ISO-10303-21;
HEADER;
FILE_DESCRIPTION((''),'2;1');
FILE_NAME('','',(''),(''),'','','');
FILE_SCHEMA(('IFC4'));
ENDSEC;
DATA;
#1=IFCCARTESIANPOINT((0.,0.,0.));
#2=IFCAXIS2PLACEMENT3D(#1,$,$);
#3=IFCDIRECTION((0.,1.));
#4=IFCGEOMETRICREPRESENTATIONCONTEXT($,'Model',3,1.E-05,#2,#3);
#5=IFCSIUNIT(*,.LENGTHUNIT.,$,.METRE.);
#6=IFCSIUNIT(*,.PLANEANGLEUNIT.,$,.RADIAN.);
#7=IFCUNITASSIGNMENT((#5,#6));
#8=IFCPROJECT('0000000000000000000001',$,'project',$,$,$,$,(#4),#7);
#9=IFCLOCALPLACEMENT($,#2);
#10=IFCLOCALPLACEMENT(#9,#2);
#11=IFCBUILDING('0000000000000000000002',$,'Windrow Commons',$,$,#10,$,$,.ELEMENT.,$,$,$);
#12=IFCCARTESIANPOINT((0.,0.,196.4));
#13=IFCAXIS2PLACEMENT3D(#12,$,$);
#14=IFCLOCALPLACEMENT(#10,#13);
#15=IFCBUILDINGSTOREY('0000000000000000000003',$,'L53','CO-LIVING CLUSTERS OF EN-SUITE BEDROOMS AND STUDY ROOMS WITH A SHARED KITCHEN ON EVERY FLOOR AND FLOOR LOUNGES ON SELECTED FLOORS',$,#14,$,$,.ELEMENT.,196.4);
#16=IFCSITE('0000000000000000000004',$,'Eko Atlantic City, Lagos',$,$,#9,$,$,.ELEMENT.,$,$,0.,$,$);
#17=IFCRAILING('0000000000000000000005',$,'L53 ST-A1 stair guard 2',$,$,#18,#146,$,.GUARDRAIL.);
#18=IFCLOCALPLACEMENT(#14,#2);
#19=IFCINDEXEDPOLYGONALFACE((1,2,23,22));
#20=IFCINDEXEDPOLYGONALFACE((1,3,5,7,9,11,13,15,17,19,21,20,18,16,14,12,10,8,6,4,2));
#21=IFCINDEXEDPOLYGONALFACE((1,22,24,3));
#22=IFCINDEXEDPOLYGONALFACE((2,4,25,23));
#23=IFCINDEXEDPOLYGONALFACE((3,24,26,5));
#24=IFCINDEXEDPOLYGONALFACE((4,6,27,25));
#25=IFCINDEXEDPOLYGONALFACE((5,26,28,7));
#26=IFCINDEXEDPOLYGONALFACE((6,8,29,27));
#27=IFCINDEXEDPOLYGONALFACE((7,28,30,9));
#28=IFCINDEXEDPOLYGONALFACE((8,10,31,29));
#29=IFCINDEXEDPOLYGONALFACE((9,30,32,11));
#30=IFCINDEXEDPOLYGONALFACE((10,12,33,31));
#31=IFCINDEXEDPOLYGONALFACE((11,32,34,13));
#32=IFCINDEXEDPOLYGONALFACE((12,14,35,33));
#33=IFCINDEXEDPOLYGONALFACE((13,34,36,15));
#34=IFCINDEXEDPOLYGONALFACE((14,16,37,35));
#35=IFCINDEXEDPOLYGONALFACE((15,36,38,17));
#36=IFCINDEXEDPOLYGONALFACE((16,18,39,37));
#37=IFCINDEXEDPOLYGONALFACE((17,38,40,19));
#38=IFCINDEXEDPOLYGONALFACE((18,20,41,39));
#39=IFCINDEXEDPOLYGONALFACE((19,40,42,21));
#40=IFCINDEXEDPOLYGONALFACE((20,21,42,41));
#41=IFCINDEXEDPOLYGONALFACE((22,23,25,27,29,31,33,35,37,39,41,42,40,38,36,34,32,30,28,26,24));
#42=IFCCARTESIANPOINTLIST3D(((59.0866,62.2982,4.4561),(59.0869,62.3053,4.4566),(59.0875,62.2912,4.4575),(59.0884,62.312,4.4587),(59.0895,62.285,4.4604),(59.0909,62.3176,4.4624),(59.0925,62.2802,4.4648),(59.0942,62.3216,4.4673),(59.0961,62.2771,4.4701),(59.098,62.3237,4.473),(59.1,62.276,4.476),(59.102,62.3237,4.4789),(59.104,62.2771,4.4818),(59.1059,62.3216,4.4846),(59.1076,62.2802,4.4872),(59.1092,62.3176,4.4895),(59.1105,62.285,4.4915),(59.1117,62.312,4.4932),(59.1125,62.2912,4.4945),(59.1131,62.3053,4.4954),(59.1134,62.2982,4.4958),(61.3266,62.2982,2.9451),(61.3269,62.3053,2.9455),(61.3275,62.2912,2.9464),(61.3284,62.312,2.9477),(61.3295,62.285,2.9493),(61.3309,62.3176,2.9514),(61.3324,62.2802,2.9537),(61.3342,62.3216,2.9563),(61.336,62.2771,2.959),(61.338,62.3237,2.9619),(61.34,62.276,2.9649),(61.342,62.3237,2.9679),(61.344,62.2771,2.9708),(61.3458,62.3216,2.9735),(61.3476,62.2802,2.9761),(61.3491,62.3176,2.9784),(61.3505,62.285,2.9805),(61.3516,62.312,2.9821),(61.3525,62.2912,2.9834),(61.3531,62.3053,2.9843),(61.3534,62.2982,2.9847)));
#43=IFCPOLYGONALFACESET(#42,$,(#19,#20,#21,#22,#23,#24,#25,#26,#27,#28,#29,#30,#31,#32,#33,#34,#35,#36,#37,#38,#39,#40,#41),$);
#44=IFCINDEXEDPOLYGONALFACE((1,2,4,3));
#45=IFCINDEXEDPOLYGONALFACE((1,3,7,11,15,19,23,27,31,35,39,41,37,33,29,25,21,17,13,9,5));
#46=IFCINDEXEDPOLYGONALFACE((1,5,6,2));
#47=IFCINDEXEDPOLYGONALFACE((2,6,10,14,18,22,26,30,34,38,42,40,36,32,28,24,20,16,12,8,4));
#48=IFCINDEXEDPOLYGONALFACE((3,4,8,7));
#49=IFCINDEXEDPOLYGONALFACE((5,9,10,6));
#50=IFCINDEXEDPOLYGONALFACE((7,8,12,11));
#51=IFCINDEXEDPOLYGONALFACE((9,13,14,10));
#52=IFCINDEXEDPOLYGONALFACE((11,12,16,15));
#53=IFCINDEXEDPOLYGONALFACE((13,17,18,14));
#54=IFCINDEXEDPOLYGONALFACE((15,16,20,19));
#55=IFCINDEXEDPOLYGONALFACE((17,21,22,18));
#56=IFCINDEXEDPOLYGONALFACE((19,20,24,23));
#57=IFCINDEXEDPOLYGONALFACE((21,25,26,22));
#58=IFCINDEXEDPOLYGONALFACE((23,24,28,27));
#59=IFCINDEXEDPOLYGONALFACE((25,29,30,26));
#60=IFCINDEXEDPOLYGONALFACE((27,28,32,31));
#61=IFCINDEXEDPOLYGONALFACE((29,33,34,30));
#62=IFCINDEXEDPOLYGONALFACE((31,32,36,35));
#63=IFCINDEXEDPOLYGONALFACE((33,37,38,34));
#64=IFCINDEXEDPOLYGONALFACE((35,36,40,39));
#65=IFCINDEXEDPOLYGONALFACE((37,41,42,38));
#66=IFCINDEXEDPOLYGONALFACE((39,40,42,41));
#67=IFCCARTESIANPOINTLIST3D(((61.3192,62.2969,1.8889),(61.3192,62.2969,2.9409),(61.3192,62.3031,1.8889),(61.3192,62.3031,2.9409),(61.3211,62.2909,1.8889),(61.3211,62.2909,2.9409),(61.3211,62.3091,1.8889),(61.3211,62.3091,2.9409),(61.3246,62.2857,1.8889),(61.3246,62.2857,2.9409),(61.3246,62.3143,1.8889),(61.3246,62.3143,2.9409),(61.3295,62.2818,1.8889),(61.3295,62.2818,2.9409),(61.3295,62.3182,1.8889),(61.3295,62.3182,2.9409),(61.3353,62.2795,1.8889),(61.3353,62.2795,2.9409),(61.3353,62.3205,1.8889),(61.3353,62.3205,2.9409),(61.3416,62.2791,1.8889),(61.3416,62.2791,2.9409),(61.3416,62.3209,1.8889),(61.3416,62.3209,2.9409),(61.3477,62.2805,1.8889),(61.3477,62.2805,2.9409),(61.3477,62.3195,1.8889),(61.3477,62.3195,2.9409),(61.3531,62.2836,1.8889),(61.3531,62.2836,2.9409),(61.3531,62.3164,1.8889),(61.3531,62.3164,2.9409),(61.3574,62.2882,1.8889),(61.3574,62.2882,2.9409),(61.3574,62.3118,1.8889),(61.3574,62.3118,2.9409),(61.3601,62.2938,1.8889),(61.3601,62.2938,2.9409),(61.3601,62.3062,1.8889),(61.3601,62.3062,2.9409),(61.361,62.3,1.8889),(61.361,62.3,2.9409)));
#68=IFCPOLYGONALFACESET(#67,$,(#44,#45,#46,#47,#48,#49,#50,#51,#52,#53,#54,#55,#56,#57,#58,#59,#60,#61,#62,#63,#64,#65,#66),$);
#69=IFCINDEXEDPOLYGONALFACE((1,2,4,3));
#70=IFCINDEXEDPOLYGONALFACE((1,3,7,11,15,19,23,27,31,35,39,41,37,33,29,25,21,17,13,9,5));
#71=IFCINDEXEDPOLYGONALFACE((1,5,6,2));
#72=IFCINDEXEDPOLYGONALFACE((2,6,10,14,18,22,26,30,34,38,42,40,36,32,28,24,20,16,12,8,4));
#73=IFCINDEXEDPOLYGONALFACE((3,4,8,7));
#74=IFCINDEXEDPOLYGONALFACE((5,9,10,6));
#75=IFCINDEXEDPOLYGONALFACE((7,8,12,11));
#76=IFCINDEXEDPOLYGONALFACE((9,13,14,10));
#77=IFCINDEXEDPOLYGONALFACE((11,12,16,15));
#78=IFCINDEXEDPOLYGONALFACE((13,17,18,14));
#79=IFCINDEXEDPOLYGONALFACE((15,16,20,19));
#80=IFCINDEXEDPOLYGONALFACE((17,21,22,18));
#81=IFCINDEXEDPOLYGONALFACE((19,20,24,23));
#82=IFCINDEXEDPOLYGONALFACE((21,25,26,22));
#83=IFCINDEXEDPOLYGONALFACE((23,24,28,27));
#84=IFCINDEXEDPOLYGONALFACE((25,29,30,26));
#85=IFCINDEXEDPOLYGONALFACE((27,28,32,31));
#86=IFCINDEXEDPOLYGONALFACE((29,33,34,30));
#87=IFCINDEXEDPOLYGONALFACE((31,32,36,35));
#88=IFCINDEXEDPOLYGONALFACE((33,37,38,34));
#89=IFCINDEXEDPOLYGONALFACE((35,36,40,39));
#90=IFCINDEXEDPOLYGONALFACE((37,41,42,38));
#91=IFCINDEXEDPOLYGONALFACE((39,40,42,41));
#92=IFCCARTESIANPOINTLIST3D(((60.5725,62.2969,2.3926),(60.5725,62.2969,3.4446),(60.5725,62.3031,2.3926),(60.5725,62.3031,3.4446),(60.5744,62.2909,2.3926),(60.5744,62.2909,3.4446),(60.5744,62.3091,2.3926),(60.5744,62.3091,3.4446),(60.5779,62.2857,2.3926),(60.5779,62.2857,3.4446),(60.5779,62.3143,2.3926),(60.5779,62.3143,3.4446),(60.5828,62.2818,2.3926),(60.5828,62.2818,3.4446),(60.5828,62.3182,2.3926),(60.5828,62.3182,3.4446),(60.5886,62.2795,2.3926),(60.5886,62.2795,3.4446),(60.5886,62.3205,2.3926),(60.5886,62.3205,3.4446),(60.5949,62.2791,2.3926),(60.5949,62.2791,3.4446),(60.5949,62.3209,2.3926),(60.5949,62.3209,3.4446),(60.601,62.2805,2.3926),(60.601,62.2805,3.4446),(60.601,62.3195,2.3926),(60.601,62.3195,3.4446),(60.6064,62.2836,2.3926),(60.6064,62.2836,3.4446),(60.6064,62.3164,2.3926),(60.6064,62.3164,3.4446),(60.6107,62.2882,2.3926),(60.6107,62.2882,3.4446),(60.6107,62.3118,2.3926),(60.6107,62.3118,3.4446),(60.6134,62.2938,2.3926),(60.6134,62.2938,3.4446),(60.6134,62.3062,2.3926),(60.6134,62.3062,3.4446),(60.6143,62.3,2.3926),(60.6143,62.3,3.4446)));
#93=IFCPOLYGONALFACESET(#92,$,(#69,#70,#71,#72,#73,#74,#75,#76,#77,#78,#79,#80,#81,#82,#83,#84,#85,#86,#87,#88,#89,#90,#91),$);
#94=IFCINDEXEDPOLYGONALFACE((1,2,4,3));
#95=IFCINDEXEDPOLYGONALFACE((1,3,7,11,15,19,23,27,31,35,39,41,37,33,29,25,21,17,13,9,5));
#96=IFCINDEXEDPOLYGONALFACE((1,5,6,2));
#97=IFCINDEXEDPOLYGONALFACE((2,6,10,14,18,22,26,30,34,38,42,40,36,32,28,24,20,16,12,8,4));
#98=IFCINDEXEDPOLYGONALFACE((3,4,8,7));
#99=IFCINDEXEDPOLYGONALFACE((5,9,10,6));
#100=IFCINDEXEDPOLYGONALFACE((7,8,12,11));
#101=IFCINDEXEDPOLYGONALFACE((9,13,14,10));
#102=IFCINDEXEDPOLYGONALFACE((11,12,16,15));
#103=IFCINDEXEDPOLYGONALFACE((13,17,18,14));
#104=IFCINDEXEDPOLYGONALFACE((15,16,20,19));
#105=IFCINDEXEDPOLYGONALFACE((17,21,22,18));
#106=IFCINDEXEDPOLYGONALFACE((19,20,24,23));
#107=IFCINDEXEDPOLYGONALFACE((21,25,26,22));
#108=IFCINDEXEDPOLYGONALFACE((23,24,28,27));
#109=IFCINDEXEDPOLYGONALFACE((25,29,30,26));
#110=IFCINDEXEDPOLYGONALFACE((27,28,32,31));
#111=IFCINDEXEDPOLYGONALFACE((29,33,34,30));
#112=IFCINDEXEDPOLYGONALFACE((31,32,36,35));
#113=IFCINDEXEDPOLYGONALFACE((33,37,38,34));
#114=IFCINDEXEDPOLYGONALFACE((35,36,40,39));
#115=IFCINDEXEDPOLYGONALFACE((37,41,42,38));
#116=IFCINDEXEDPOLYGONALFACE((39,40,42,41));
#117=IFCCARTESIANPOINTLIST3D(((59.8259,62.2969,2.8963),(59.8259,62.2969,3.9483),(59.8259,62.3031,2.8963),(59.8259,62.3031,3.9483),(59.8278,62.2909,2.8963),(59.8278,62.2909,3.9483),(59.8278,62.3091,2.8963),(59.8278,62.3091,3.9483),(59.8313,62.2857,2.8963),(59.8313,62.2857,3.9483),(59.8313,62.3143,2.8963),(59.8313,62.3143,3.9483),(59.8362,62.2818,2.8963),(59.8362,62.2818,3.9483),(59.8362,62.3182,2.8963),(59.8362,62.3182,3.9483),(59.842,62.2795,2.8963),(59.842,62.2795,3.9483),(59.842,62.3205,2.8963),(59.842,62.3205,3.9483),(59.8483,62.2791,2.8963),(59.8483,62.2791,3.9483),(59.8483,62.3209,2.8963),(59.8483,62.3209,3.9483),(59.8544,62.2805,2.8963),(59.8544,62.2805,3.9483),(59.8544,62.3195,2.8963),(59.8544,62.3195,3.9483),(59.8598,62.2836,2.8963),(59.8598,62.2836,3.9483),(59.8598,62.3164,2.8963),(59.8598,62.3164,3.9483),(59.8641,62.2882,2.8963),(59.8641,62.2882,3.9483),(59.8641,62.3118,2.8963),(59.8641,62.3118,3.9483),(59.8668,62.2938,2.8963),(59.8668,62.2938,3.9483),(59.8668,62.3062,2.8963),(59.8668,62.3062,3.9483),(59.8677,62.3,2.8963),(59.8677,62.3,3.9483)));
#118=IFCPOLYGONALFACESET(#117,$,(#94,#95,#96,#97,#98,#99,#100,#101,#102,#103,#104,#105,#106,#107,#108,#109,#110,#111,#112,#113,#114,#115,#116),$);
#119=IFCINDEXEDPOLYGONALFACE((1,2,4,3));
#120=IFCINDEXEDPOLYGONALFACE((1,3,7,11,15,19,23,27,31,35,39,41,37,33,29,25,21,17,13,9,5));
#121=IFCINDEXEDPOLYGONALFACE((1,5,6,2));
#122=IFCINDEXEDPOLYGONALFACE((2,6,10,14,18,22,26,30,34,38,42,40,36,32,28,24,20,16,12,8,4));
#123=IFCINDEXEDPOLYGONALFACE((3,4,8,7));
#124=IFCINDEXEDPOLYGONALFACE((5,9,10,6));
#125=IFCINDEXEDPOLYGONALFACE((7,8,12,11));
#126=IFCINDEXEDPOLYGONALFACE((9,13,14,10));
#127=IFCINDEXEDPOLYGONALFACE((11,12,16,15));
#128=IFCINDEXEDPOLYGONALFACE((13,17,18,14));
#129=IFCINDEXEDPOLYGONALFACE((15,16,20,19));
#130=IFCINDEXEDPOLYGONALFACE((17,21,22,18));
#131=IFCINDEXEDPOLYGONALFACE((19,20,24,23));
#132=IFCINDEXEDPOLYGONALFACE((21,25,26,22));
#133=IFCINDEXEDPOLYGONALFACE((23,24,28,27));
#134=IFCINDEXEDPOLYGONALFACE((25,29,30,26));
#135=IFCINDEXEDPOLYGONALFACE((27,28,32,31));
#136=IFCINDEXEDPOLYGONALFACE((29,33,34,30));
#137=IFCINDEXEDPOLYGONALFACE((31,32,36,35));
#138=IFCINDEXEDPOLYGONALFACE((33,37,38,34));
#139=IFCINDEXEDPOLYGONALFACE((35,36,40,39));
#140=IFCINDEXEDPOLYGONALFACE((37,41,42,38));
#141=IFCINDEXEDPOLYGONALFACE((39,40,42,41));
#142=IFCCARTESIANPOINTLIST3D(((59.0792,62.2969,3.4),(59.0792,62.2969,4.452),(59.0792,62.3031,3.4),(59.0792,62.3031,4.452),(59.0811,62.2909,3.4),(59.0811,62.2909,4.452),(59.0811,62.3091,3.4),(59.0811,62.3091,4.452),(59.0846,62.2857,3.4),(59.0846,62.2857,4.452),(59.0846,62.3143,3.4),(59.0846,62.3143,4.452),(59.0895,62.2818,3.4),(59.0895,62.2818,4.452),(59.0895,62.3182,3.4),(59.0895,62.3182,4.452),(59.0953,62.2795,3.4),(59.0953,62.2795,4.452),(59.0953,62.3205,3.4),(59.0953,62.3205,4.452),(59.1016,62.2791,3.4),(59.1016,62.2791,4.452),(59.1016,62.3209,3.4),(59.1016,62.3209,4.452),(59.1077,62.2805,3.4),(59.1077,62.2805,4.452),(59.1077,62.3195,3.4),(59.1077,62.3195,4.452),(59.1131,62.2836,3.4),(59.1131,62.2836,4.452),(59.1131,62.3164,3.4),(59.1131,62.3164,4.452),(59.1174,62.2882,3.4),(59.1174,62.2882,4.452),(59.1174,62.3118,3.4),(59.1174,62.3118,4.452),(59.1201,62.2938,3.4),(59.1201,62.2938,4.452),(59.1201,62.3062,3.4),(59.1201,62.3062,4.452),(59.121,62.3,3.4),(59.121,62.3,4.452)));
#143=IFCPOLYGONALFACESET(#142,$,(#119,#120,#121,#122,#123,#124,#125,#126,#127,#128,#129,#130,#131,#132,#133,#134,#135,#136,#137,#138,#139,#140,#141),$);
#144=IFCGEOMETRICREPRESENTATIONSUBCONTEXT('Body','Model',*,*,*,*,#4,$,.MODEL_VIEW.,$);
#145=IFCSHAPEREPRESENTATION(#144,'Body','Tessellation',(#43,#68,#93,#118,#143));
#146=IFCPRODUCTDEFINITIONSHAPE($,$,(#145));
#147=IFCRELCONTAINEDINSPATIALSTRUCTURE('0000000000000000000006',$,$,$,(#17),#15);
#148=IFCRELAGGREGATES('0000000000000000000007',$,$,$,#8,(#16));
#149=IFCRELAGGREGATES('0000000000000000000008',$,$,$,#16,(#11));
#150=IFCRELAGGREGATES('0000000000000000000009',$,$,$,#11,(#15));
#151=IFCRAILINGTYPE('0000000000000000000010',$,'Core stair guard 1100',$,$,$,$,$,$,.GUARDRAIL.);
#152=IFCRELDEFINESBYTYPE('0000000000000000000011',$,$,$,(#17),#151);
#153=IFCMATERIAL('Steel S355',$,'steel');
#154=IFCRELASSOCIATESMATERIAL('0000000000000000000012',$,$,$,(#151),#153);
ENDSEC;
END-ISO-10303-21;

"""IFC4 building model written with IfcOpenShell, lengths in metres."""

from ifc_helpers import new_model, si_unit, direction, frame, origin, origin_2d, place, context, subcontext, project, spatial, circle, extrude, material, type_object, element, save


model = new_model("IFC4")

# Units and contexts
model_context = context("Model", 3, precision=1e-05, world=origin(), true_north=direction((0.0, 1.0)))
body_context = subcontext(model_context, "Body", "Model", "MODEL_VIEW")
ifc_project = project(units=[si_unit("LENGTHUNIT", "METRE"), si_unit("PLANEANGLEUNIT", "RADIAN")], contexts=[model_context])

# Site, building, storey
site_placement = place(None, origin())
site = spatial("IfcSite", under=ifc_project, at=site_placement, Name="Eko Atlantic City, Lagos", CompositionType="ELEMENT", RefElevation=0.0)
building_placement = place(site_placement, origin())
building = spatial("IfcBuilding", under=site, at=building_placement, Name="Windrow Commons", CompositionType="ELEMENT")
storey_placement = place(building_placement, frame((0.0, 0.0, 196.4)))
storey = spatial("IfcBuildingStorey", under=building, at=storey_placement, Name="L53", Description="CO-LIVING CLUSTERS OF EN-SUITE BEDROOMS AND STUDY ROOMS WITH A SHARED KITCHEN ON EVERY FLOOR AND FLOOR LOUNGES ON SELECTED FLOORS", CompositionType="ELEMENT", Elevation=196.4)

# Railing
ifc_material_1 = material(Name="Steel S355", Category="steel")
railing_type_1 = type_object("IfcRailingType", Name="Core stair guard 1100", PredefinedType="GUARDRAIL", material=ifc_material_1)
railing_1_placement = place(storey_placement, frame((61.34, 62.3, 1.8889)))
element("IfcRailing", 1, at=railing_1_placement, inside=storey, type_object=railing_type_1, Name="L53 ST-A1 stair guard 2", PredefinedType="GUARDRAIL", context=body_context, shape_type="SweptSolid", body=[
    extrude(circle(Radius=0.024, at=origin_2d()), frame((0.0, 0.0, 1.076), z_axis=(-0.829003, 0.0, 0.559244), x_axis=(0.0, -1.0, 0.0)), (0.0, 0.0, 1.0), 2.702),
    extrude(circle(Radius=0.021, at=origin_2d()), origin(), (0.0, 0.0, 1.0), 1.052),
    extrude(circle(Radius=0.021, at=origin_2d()), frame((-0.7467, 0.0, 0.5037)), (0.0, 0.0, 1.0), 1.052),
    extrude(circle(Radius=0.021, at=origin_2d()), frame((-1.4933, 0.0, 1.0074)), (0.0, 0.0, 1.0), 1.052),
    extrude(circle(Radius=0.021, at=origin_2d()), frame((-2.24, 0.0, 1.5111)), (0.0, 0.0, 1.0), 1.052),
])

save(model, "model.ifc")
